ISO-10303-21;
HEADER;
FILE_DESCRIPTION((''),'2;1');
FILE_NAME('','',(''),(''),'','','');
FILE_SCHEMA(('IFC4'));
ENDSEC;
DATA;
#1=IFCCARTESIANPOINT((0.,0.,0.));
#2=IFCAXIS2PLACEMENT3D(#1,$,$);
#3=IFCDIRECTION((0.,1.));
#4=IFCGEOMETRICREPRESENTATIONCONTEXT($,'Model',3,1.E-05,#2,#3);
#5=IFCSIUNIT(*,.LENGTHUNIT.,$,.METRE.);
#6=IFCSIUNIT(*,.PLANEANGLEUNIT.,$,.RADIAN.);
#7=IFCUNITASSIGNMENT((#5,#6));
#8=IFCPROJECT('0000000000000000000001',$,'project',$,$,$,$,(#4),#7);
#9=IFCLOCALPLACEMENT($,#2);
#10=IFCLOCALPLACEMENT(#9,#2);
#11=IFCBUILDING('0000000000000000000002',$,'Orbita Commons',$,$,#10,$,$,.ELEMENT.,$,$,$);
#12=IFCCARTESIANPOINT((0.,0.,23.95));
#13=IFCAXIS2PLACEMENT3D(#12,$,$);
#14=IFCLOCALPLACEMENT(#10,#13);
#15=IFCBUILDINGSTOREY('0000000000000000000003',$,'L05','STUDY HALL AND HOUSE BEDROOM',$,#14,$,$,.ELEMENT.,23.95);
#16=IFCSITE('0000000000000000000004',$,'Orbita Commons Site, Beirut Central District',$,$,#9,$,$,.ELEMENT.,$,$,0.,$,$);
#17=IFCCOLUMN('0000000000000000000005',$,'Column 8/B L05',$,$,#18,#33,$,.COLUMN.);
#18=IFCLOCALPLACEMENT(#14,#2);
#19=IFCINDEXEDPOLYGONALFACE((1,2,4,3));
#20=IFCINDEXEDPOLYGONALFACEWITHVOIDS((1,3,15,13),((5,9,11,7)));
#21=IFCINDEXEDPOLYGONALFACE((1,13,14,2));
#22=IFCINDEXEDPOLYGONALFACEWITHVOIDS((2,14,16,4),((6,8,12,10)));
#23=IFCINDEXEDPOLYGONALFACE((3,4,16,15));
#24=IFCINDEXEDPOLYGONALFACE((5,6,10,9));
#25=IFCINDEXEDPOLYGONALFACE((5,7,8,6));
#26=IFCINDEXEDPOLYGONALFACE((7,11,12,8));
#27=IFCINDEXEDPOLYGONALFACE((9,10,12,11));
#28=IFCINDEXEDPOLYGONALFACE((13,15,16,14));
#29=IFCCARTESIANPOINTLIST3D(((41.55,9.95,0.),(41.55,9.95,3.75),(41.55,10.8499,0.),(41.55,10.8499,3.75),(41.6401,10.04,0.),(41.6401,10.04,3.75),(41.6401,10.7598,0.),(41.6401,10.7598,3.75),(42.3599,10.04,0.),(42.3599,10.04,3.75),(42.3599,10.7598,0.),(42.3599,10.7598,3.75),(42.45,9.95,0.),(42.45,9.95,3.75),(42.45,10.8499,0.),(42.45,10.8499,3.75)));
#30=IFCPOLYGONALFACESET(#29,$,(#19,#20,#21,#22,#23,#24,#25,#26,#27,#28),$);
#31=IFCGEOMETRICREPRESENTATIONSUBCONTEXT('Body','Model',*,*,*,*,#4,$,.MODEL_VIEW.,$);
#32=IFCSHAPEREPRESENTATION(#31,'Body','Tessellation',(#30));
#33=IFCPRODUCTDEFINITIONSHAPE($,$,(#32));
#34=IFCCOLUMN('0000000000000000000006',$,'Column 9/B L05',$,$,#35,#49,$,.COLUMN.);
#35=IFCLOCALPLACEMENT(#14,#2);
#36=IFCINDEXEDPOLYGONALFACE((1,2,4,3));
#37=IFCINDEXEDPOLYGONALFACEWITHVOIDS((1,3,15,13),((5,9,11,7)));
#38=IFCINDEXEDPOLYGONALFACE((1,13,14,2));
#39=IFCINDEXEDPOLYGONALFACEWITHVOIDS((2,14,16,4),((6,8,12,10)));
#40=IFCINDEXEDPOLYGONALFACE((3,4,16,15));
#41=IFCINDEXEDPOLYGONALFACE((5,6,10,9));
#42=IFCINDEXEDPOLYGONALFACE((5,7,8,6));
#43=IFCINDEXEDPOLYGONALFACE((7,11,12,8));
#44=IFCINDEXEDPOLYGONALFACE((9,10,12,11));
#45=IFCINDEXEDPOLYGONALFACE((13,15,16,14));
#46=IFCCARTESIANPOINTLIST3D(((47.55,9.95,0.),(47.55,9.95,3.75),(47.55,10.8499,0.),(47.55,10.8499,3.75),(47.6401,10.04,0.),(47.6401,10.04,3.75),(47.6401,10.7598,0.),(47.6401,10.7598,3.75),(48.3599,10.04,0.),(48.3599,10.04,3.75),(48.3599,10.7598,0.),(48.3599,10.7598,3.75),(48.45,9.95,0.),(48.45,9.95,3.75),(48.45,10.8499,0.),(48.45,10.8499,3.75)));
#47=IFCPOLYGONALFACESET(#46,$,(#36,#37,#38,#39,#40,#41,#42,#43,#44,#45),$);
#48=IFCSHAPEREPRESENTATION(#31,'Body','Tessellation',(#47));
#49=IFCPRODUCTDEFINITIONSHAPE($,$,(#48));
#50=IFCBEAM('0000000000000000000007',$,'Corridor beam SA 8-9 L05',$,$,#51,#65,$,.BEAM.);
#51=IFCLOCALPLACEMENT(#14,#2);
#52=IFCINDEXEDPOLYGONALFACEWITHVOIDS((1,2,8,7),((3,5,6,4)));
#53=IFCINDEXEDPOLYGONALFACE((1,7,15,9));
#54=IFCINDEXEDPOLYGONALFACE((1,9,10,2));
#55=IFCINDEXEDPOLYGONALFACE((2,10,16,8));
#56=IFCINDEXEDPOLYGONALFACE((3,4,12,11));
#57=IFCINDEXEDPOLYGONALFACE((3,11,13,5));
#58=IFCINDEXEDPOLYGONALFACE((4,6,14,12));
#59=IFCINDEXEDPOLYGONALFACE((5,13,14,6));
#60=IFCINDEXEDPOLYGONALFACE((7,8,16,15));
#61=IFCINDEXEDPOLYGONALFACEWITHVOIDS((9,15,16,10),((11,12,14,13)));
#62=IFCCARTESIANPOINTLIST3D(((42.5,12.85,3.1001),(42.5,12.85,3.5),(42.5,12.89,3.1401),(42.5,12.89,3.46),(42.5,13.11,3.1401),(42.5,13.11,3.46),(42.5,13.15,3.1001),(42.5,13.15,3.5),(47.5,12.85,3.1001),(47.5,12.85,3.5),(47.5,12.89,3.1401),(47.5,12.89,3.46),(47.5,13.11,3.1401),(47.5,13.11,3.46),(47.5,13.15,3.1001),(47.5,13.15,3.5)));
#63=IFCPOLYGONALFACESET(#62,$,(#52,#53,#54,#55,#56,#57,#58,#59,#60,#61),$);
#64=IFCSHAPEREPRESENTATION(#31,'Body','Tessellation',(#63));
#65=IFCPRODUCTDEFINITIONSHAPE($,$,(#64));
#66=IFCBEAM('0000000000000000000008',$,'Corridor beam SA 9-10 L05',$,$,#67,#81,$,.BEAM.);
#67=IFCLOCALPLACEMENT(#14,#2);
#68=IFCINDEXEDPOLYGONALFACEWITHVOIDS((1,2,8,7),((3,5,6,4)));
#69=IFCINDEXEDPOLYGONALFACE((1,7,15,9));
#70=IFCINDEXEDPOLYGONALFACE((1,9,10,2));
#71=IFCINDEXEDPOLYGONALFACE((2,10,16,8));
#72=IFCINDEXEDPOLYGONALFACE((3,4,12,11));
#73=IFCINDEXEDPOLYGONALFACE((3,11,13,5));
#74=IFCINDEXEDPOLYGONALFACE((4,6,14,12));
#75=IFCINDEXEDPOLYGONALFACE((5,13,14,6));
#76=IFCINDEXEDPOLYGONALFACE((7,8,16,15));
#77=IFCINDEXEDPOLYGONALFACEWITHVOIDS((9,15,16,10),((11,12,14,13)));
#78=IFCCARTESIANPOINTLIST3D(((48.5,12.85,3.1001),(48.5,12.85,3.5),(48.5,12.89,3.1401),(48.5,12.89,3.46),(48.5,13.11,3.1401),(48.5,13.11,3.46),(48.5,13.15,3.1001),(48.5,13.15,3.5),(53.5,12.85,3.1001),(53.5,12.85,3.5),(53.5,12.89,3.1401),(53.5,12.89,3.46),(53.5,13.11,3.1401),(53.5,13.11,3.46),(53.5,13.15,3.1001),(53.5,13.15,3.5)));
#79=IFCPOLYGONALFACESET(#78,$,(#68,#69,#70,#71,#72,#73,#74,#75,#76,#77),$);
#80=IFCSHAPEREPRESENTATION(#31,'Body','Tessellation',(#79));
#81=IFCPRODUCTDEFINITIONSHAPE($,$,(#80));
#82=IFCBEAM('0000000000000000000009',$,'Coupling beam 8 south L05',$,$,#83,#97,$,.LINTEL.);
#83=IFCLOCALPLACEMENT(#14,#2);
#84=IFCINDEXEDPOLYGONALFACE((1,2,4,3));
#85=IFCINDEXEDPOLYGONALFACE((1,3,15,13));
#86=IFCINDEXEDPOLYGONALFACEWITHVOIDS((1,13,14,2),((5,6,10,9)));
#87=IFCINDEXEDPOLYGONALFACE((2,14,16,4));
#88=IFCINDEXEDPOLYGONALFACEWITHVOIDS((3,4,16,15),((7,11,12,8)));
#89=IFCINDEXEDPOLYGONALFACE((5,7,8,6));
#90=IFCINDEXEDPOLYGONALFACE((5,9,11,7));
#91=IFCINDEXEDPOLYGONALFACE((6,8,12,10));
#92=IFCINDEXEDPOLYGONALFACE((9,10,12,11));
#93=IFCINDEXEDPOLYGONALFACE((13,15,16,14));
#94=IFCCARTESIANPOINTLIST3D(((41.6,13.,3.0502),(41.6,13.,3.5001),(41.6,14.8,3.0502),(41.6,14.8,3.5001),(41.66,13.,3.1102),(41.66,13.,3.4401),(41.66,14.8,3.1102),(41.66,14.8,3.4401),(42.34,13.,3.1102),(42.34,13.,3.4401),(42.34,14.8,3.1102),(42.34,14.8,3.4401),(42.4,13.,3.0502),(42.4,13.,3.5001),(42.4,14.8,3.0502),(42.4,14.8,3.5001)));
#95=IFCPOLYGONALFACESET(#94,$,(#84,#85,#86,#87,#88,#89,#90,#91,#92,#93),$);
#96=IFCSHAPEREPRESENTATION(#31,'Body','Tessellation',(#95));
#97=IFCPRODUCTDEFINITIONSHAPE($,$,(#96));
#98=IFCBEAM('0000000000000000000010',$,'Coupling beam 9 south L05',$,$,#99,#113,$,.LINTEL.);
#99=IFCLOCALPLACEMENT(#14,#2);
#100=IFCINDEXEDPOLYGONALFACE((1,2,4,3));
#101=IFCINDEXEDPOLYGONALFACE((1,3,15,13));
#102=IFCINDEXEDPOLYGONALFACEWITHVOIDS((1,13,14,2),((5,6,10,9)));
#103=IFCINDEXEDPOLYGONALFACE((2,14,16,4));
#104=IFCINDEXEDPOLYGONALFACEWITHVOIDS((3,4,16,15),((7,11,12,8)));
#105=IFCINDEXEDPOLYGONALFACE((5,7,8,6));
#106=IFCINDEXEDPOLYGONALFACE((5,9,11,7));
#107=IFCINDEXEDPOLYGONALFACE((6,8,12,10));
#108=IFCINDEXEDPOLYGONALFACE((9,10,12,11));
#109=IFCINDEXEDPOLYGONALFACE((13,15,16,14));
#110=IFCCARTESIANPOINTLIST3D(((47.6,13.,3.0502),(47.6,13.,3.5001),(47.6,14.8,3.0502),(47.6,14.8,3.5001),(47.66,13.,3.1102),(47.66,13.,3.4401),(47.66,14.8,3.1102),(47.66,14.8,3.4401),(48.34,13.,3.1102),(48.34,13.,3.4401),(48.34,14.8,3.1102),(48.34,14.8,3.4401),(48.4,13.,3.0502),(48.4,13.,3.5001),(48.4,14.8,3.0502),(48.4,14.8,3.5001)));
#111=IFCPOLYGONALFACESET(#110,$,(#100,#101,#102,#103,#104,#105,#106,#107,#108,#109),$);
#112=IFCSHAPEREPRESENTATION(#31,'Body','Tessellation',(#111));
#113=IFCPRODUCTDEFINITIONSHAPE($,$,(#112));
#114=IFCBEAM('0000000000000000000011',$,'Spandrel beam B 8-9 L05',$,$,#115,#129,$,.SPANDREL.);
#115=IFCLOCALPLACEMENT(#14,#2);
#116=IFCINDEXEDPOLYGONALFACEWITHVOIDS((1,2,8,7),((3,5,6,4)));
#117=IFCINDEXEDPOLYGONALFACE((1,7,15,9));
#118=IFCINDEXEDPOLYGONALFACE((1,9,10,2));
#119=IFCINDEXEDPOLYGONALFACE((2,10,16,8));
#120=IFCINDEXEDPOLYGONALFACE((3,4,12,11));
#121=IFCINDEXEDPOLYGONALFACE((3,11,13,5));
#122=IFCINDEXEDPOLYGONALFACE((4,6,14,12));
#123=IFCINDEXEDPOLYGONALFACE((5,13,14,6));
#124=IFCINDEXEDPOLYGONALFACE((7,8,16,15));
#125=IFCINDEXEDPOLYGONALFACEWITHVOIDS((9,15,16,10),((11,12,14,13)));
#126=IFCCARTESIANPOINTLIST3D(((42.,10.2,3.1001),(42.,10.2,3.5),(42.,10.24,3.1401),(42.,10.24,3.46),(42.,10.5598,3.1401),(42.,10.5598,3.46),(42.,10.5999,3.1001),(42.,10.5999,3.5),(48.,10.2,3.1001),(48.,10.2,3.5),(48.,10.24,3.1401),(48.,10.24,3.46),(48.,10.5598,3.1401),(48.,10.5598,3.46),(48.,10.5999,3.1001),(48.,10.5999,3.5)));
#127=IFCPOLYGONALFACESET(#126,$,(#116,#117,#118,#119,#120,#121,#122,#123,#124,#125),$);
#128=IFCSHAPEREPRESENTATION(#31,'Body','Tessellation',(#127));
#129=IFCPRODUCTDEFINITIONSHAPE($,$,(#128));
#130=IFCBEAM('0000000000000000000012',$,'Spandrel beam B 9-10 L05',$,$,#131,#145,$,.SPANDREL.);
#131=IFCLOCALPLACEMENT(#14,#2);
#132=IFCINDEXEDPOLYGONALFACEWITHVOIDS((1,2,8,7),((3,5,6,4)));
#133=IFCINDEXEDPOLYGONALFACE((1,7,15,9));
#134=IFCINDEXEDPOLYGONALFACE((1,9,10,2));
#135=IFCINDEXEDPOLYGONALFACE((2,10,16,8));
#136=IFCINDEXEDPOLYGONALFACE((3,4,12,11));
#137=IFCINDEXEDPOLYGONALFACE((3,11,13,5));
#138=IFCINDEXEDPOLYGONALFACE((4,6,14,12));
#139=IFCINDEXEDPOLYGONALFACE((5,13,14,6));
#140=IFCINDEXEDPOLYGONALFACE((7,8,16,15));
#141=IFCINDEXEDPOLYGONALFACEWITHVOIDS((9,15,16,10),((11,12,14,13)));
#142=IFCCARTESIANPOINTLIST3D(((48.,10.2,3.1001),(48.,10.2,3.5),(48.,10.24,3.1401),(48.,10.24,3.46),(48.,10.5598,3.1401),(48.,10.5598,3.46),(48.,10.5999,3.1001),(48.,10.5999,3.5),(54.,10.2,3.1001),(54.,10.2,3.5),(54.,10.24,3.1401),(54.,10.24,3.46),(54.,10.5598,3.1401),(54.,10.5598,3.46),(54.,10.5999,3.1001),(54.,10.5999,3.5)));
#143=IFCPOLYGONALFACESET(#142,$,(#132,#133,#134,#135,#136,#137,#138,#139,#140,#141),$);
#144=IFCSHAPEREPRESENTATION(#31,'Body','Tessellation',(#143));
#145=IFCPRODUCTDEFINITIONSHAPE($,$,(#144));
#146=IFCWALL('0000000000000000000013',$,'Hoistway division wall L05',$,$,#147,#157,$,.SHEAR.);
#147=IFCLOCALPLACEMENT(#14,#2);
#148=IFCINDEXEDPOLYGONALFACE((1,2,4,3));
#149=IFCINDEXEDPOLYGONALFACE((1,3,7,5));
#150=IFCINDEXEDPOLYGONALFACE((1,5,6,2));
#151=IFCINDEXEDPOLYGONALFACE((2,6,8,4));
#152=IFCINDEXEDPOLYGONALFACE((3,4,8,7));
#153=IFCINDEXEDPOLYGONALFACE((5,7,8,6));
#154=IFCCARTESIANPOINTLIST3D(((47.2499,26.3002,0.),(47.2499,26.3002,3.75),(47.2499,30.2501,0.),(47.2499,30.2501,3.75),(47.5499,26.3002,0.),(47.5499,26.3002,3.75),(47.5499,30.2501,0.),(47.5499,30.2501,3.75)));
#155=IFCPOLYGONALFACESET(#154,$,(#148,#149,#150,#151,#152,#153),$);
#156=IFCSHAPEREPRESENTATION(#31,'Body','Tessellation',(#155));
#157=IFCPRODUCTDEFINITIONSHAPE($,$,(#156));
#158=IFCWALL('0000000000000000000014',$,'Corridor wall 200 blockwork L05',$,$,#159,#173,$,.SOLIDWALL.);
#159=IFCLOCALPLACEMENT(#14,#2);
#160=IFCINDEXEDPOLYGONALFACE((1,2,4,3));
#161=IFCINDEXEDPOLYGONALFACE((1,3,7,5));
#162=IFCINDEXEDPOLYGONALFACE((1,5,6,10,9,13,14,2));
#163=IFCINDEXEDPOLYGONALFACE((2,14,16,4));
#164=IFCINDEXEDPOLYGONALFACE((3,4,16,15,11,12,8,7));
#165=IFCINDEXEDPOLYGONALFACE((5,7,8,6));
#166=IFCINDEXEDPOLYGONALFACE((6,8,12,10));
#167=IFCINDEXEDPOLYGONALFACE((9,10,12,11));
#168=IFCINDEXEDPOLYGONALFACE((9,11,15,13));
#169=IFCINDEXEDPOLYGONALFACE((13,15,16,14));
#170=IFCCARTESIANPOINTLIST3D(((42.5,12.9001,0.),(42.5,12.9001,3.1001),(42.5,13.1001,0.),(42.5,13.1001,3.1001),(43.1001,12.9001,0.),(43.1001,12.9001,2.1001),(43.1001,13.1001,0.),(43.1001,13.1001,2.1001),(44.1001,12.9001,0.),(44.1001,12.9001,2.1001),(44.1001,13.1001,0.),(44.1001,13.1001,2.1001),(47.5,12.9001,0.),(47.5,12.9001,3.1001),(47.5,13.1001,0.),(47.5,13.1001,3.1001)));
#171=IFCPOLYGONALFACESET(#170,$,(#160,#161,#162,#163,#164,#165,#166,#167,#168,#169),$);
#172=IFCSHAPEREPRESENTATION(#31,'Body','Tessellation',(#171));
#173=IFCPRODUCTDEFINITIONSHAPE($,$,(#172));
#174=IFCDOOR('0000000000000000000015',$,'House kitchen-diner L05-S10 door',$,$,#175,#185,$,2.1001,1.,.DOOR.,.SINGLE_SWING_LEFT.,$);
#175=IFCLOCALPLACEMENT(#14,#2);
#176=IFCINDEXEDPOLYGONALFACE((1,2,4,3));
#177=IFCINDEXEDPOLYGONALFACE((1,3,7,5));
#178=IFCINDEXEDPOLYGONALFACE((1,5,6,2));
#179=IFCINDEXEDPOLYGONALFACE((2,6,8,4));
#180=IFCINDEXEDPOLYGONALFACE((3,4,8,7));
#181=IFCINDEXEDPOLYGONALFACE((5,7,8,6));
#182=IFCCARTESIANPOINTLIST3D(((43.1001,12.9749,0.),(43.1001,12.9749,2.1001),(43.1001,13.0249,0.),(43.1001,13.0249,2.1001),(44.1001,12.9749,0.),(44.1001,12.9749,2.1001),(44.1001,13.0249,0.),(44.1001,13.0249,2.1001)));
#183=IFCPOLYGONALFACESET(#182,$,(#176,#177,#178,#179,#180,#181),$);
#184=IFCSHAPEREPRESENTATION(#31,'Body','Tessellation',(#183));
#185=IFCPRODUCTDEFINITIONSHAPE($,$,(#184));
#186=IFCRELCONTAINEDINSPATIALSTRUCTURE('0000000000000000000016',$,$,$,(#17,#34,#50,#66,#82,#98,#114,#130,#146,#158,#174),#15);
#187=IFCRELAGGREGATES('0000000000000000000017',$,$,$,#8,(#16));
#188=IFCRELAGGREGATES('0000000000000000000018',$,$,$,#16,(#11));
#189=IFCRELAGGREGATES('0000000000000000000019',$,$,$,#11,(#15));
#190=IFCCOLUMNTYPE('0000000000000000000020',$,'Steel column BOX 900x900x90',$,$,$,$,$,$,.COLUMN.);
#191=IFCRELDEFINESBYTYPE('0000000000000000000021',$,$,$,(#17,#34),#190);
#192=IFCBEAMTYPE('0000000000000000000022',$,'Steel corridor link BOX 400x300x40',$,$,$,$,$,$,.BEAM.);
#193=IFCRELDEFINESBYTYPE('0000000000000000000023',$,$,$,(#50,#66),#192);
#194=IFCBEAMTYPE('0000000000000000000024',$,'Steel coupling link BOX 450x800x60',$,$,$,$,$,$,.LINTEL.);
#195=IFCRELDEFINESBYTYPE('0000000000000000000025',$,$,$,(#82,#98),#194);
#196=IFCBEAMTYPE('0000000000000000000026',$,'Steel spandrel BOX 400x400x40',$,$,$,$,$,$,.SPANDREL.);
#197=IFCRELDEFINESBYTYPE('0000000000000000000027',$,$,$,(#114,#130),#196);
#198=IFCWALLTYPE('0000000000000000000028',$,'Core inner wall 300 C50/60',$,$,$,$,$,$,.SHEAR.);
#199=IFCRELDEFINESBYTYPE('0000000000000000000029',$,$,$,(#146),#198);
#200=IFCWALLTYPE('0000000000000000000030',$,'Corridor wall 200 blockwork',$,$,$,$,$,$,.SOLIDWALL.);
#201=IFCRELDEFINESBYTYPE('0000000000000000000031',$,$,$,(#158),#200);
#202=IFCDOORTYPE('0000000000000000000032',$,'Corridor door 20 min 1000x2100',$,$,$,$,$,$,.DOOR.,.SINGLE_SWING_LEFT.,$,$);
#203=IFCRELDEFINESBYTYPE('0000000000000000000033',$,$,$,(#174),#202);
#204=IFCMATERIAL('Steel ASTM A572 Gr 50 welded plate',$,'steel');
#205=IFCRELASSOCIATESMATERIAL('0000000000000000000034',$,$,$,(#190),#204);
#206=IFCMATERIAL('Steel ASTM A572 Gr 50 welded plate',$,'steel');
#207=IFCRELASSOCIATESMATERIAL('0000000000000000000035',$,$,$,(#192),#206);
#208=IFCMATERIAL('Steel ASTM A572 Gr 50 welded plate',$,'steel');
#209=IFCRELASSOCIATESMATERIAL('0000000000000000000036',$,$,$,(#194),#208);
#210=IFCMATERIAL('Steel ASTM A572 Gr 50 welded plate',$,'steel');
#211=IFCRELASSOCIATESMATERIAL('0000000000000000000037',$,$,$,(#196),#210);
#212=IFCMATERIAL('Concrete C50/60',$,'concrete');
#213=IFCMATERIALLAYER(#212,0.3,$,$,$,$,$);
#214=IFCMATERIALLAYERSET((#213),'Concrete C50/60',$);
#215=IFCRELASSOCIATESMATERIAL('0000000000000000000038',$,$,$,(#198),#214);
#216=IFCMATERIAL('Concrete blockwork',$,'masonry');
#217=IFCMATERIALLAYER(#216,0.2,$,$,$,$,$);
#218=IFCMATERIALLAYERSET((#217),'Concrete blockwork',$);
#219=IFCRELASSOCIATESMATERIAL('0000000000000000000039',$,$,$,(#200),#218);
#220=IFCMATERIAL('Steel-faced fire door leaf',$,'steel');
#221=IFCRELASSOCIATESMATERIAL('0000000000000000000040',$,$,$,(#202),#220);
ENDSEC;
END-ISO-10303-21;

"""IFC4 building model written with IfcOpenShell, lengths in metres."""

from ifc_helpers import new_model, si_unit, direction, frame, frame_2d, origin, origin_2d, place, context, subcontext, project, spatial, polyline, rectangle, hollow_rectangle, outline, extrude, material, layer, layer_set, material_profile, profile_set, type_object, element, fill, save


model = new_model("IFC4")

# Units and contexts
model_context = context("Model", 3, precision=1e-05, world=origin(), true_north=direction((0.0, 1.0)))
body_context = subcontext(model_context, "Body", "Model", "MODEL_VIEW")
ifc_project = project(units=[si_unit("LENGTHUNIT", "METRE"), si_unit("PLANEANGLEUNIT", "RADIAN")], contexts=[model_context])

# Site, building, storey
site_placement = place(None, origin())
site = spatial("IfcSite", under=ifc_project, at=site_placement, Name="Orbita Commons Site, Beirut Central District", CompositionType="ELEMENT", RefElevation=0.0)
building_placement = place(site_placement, origin())
building = spatial("IfcBuilding", under=site, at=building_placement, Name="Orbita Commons", CompositionType="ELEMENT")
storey_placement = place(building_placement, frame((0.0, 0.0, 23.95)))
storey = spatial("IfcBuildingStorey", under=building, at=storey_placement, Name="L05", Description="STUDY HALL AND HOUSE BEDROOM", CompositionType="ELEMENT", Elevation=23.95)

# Columns
ifc_material_1 = material(Name="Steel ASTM A572 Gr 50 welded plate", Category="steel")
ifc_material_profile_1 = material_profile(ifc_material_1, hollow_rectangle(XDim=0.8999, YDim=0.8999, WallThickness=0.0901, at=origin_2d()), Name="BOX 900x900x90")
ifc_profile_set_1 = profile_set([ifc_material_profile_1], Name="Steel ASTM A572 Gr 50 welded plate")
column_type = type_object("IfcColumnType", Name="Steel column BOX 900x900x90", PredefinedType="COLUMN", material=ifc_profile_set_1)
for number, where, z_axis, x_axis, name in (
    (1, (42.0, 10.3999, 0.0), (0.0, 0.0, 1.0), (1.0, 0.0, 0.0), "Column 8/B L05"),
    (2, (48.0, 10.3999, 0.0), (0.0, 0.0, 1.0), (1.0, 0.0, 0.0), "Column 9/B L05"),
):
    element("IfcColumn", number, at=place(storey_placement, frame(where, z_axis=z_axis, x_axis=x_axis)), inside=storey, type_object=column_type, Name=name, PredefinedType="COLUMN", context=body_context, shape_type="SweptSolid", body=[
        extrude(hollow_rectangle(XDim=0.8999, YDim=0.8999, WallThickness=0.0901, at=origin_2d()), origin(), (0.0, 0.0, 1.0), 3.75),
    ])

# Beams
ifc_material_2 = material(Name="Steel ASTM A572 Gr 50 welded plate", Category="steel")
ifc_material_profile_2 = material_profile(ifc_material_2, hollow_rectangle(XDim=0.3, YDim=0.3999, WallThickness=0.04, at=origin_2d()), Name="BOX 400x300x40")
ifc_profile_set_2 = profile_set([ifc_material_profile_2], Name="Steel ASTM A572 Gr 50 welded plate")
beam_type_1 = type_object("IfcBeamType", Name="Steel corridor link BOX 400x300x40", PredefinedType="BEAM", material=ifc_profile_set_2)
for number, where, z_axis, x_axis, name in (
    (3, (42.5, 13.0, 3.3), (1.0, 0.0, 0.0), (0.0, 1.0, 0.0), "Corridor beam SA 8-9 L05"),
    (4, (48.5, 13.0, 3.3), (1.0, 0.0, 0.0), (0.0, 1.0, 0.0), "Corridor beam SA 9-10 L05"),
):
    element("IfcBeam", number, at=place(storey_placement, frame(where, z_axis=z_axis, x_axis=x_axis)), inside=storey, type_object=beam_type_1, Name=name, PredefinedType="BEAM", context=body_context, shape_type="SweptSolid", body=[
        extrude(hollow_rectangle(XDim=0.3, YDim=0.3999, WallThickness=0.04, at=origin_2d()), origin(), (0.0, 0.0, 1.0), 5.0),
    ])
ifc_material_3 = material(Name="Steel ASTM A572 Gr 50 welded plate", Category="steel")
ifc_material_profile_3 = material_profile(ifc_material_3, hollow_rectangle(XDim=0.8, YDim=0.45, WallThickness=0.0601, at=origin_2d()), Name="BOX 450x800x60")
ifc_profile_set_3 = profile_set([ifc_material_profile_3], Name="Steel ASTM A572 Gr 50 welded plate")
beam_type_2 = type_object("IfcBeamType", Name="Steel coupling link BOX 450x800x60", PredefinedType="LINTEL", material=ifc_profile_set_3)
for number, where, z_axis, x_axis, name in (
    (5, (42.0, 13.0, 3.2751), (0.0, 1.0, 0.0), (-1.0, 0.0, 0.0), "Coupling beam 8 south L05"),
    (6, (48.0, 13.0, 3.2751), (0.0, 1.0, 0.0), (-1.0, 0.0, 0.0), "Coupling beam 9 south L05"),
):
    element("IfcBeam", number, at=place(storey_placement, frame(where, z_axis=z_axis, x_axis=x_axis)), inside=storey, type_object=beam_type_2, Name=name, PredefinedType="LINTEL", context=body_context, shape_type="SweptSolid", body=[
        extrude(hollow_rectangle(XDim=0.8, YDim=0.45, WallThickness=0.0601, at=origin_2d()), origin(), (0.0, 0.0, 1.0), 1.8),
    ])
ifc_material_4 = material(Name="Steel ASTM A572 Gr 50 welded plate", Category="steel")
ifc_material_profile_4 = material_profile(ifc_material_4, hollow_rectangle(XDim=0.3999, YDim=0.3999, WallThickness=0.04, at=origin_2d()), Name="BOX 400x400x40")
ifc_profile_set_4 = profile_set([ifc_material_profile_4], Name="Steel ASTM A572 Gr 50 welded plate")
beam_type_3 = type_object("IfcBeamType", Name="Steel spandrel BOX 400x400x40", PredefinedType="SPANDREL", material=ifc_profile_set_4)
for number, where, z_axis, x_axis, name in (
    (7, (42.0, 10.3999, 3.3), (1.0, 0.0, 0.0), (0.0, 1.0, 0.0), "Spandrel beam B 8-9 L05"),
    (8, (48.0, 10.3999, 3.3), (1.0, 0.0, 0.0), (0.0, 1.0, 0.0), "Spandrel beam B 9-10 L05"),
):
    element("IfcBeam", number, at=place(storey_placement, frame(where, z_axis=z_axis, x_axis=x_axis)), inside=storey, type_object=beam_type_3, Name=name, PredefinedType="SPANDREL", context=body_context, shape_type="SweptSolid", body=[
        extrude(hollow_rectangle(XDim=0.3999, YDim=0.3999, WallThickness=0.04, at=origin_2d()), origin(), (0.0, 0.0, 1.0), 6.0),
    ])

# Wall
ifc_material_5 = material(Name="Concrete C50/60", Category="concrete")
ifc_layer_1 = layer(ifc_material_5, 0.3)
ifc_layer_set_1 = layer_set([ifc_layer_1], Name="Concrete C50/60")
wall_type_1 = type_object("IfcWallType", Name="Core inner wall 300 C50/60", PredefinedType="SHEAR", material=ifc_layer_set_1)
wall_1_placement = place(storey_placement, frame((47.3999, 26.3, 0.0), z_axis=(0.0, 0.0, 1.0), x_axis=(0.0, 1.0, 0.0)))
element("IfcWall", 9, at=wall_1_placement, inside=storey, type_object=wall_type_1, Name="Hoistway division wall L05", PredefinedType="SHEAR", context=body_context, shape_type="SweptSolid", body=[
    extrude(rectangle(XDim=3.95, YDim=0.3, at=frame_2d((1.9751, 0.0))), origin(), (0.0, 0.0, 1.0), 3.75),
])

# Wall, opening, door
ifc_material_6 = material(Name="Concrete blockwork", Category="masonry")
ifc_layer_2 = layer(ifc_material_6, 0.2)
ifc_layer_set_2 = layer_set([ifc_layer_2], Name="Concrete blockwork")
wall_type_2 = type_object("IfcWallType", Name="Corridor wall 200 blockwork", PredefinedType="SOLIDWALL", material=ifc_layer_set_2)
wall_2_placement = place(storey_placement, frame((42.5, 13.0, 0.0), z_axis=(0.0, 0.0, 1.0), x_axis=(1.0, 0.0, 0.0)))
wall_2 = element("IfcWall", 10, at=wall_2_placement, inside=storey, type_object=wall_type_2, Name="Corridor wall 200 blockwork L05", PredefinedType="SOLIDWALL", context=body_context, shape_type="SweptSolid", body=[
    extrude(outline(polyline([(0.0, 0.0), (5.0, 0.0), (5.0, 3.1001), (0.0, 3.1001), (0.0, 0.0)])), frame((0.0, 0.1001, 0.0), z_axis=(0.0, -1.0, 0.0), x_axis=(1.0, 0.0, 0.0)), (0.0, 0.0, 1.0), 0.2),
])
opening_1_placement = place(wall_2_placement, frame((0.6001, 0.0, 0.0)))
opening_1 = element("IfcOpeningElement", 11, at=opening_1_placement, cuts=wall_2, PredefinedType="OPENING", context=body_context, shape_type="SweptSolid", body=[
    extrude(rectangle(XDim=1.0, YDim=2.1001, at=frame_2d((0.5, 1.05))), frame((0.0, 0.1099, 0.0), z_axis=(0.0, -1.0, 0.0), x_axis=(1.0, 0.0, 0.0)), (0.0, 0.0, 1.0), 0.22),
])
ifc_material_7 = material(Name="Steel-faced fire door leaf", Category="steel")
door_type_1 = type_object("IfcDoorType", Name="Corridor door 20 min 1000x2100", OperationType="SINGLE_SWING_LEFT", PredefinedType="DOOR", material=ifc_material_7)
door_1_placement = place(opening_1_placement, origin())
door_1 = element("IfcDoor", 12, at=door_1_placement, inside=storey, type_object=door_type_1, Name="House kitchen-diner L05-S10 door", OperationType="SINGLE_SWING_LEFT", OverallHeight=2.1001, OverallWidth=1.0, PredefinedType="DOOR", context=body_context, shape_type="SweptSolid", body=[
    extrude(rectangle(XDim=1.0, YDim=2.1001, at=frame_2d((0.5, 1.05))), frame((0.0, 0.0249, 0.0), z_axis=(0.0, -1.0, 0.0), x_axis=(1.0, 0.0, 0.0)), (0.0, 0.0, 1.0), 0.05),
])
fill(opening_1, door_1)

save(model, "model.ifc")
